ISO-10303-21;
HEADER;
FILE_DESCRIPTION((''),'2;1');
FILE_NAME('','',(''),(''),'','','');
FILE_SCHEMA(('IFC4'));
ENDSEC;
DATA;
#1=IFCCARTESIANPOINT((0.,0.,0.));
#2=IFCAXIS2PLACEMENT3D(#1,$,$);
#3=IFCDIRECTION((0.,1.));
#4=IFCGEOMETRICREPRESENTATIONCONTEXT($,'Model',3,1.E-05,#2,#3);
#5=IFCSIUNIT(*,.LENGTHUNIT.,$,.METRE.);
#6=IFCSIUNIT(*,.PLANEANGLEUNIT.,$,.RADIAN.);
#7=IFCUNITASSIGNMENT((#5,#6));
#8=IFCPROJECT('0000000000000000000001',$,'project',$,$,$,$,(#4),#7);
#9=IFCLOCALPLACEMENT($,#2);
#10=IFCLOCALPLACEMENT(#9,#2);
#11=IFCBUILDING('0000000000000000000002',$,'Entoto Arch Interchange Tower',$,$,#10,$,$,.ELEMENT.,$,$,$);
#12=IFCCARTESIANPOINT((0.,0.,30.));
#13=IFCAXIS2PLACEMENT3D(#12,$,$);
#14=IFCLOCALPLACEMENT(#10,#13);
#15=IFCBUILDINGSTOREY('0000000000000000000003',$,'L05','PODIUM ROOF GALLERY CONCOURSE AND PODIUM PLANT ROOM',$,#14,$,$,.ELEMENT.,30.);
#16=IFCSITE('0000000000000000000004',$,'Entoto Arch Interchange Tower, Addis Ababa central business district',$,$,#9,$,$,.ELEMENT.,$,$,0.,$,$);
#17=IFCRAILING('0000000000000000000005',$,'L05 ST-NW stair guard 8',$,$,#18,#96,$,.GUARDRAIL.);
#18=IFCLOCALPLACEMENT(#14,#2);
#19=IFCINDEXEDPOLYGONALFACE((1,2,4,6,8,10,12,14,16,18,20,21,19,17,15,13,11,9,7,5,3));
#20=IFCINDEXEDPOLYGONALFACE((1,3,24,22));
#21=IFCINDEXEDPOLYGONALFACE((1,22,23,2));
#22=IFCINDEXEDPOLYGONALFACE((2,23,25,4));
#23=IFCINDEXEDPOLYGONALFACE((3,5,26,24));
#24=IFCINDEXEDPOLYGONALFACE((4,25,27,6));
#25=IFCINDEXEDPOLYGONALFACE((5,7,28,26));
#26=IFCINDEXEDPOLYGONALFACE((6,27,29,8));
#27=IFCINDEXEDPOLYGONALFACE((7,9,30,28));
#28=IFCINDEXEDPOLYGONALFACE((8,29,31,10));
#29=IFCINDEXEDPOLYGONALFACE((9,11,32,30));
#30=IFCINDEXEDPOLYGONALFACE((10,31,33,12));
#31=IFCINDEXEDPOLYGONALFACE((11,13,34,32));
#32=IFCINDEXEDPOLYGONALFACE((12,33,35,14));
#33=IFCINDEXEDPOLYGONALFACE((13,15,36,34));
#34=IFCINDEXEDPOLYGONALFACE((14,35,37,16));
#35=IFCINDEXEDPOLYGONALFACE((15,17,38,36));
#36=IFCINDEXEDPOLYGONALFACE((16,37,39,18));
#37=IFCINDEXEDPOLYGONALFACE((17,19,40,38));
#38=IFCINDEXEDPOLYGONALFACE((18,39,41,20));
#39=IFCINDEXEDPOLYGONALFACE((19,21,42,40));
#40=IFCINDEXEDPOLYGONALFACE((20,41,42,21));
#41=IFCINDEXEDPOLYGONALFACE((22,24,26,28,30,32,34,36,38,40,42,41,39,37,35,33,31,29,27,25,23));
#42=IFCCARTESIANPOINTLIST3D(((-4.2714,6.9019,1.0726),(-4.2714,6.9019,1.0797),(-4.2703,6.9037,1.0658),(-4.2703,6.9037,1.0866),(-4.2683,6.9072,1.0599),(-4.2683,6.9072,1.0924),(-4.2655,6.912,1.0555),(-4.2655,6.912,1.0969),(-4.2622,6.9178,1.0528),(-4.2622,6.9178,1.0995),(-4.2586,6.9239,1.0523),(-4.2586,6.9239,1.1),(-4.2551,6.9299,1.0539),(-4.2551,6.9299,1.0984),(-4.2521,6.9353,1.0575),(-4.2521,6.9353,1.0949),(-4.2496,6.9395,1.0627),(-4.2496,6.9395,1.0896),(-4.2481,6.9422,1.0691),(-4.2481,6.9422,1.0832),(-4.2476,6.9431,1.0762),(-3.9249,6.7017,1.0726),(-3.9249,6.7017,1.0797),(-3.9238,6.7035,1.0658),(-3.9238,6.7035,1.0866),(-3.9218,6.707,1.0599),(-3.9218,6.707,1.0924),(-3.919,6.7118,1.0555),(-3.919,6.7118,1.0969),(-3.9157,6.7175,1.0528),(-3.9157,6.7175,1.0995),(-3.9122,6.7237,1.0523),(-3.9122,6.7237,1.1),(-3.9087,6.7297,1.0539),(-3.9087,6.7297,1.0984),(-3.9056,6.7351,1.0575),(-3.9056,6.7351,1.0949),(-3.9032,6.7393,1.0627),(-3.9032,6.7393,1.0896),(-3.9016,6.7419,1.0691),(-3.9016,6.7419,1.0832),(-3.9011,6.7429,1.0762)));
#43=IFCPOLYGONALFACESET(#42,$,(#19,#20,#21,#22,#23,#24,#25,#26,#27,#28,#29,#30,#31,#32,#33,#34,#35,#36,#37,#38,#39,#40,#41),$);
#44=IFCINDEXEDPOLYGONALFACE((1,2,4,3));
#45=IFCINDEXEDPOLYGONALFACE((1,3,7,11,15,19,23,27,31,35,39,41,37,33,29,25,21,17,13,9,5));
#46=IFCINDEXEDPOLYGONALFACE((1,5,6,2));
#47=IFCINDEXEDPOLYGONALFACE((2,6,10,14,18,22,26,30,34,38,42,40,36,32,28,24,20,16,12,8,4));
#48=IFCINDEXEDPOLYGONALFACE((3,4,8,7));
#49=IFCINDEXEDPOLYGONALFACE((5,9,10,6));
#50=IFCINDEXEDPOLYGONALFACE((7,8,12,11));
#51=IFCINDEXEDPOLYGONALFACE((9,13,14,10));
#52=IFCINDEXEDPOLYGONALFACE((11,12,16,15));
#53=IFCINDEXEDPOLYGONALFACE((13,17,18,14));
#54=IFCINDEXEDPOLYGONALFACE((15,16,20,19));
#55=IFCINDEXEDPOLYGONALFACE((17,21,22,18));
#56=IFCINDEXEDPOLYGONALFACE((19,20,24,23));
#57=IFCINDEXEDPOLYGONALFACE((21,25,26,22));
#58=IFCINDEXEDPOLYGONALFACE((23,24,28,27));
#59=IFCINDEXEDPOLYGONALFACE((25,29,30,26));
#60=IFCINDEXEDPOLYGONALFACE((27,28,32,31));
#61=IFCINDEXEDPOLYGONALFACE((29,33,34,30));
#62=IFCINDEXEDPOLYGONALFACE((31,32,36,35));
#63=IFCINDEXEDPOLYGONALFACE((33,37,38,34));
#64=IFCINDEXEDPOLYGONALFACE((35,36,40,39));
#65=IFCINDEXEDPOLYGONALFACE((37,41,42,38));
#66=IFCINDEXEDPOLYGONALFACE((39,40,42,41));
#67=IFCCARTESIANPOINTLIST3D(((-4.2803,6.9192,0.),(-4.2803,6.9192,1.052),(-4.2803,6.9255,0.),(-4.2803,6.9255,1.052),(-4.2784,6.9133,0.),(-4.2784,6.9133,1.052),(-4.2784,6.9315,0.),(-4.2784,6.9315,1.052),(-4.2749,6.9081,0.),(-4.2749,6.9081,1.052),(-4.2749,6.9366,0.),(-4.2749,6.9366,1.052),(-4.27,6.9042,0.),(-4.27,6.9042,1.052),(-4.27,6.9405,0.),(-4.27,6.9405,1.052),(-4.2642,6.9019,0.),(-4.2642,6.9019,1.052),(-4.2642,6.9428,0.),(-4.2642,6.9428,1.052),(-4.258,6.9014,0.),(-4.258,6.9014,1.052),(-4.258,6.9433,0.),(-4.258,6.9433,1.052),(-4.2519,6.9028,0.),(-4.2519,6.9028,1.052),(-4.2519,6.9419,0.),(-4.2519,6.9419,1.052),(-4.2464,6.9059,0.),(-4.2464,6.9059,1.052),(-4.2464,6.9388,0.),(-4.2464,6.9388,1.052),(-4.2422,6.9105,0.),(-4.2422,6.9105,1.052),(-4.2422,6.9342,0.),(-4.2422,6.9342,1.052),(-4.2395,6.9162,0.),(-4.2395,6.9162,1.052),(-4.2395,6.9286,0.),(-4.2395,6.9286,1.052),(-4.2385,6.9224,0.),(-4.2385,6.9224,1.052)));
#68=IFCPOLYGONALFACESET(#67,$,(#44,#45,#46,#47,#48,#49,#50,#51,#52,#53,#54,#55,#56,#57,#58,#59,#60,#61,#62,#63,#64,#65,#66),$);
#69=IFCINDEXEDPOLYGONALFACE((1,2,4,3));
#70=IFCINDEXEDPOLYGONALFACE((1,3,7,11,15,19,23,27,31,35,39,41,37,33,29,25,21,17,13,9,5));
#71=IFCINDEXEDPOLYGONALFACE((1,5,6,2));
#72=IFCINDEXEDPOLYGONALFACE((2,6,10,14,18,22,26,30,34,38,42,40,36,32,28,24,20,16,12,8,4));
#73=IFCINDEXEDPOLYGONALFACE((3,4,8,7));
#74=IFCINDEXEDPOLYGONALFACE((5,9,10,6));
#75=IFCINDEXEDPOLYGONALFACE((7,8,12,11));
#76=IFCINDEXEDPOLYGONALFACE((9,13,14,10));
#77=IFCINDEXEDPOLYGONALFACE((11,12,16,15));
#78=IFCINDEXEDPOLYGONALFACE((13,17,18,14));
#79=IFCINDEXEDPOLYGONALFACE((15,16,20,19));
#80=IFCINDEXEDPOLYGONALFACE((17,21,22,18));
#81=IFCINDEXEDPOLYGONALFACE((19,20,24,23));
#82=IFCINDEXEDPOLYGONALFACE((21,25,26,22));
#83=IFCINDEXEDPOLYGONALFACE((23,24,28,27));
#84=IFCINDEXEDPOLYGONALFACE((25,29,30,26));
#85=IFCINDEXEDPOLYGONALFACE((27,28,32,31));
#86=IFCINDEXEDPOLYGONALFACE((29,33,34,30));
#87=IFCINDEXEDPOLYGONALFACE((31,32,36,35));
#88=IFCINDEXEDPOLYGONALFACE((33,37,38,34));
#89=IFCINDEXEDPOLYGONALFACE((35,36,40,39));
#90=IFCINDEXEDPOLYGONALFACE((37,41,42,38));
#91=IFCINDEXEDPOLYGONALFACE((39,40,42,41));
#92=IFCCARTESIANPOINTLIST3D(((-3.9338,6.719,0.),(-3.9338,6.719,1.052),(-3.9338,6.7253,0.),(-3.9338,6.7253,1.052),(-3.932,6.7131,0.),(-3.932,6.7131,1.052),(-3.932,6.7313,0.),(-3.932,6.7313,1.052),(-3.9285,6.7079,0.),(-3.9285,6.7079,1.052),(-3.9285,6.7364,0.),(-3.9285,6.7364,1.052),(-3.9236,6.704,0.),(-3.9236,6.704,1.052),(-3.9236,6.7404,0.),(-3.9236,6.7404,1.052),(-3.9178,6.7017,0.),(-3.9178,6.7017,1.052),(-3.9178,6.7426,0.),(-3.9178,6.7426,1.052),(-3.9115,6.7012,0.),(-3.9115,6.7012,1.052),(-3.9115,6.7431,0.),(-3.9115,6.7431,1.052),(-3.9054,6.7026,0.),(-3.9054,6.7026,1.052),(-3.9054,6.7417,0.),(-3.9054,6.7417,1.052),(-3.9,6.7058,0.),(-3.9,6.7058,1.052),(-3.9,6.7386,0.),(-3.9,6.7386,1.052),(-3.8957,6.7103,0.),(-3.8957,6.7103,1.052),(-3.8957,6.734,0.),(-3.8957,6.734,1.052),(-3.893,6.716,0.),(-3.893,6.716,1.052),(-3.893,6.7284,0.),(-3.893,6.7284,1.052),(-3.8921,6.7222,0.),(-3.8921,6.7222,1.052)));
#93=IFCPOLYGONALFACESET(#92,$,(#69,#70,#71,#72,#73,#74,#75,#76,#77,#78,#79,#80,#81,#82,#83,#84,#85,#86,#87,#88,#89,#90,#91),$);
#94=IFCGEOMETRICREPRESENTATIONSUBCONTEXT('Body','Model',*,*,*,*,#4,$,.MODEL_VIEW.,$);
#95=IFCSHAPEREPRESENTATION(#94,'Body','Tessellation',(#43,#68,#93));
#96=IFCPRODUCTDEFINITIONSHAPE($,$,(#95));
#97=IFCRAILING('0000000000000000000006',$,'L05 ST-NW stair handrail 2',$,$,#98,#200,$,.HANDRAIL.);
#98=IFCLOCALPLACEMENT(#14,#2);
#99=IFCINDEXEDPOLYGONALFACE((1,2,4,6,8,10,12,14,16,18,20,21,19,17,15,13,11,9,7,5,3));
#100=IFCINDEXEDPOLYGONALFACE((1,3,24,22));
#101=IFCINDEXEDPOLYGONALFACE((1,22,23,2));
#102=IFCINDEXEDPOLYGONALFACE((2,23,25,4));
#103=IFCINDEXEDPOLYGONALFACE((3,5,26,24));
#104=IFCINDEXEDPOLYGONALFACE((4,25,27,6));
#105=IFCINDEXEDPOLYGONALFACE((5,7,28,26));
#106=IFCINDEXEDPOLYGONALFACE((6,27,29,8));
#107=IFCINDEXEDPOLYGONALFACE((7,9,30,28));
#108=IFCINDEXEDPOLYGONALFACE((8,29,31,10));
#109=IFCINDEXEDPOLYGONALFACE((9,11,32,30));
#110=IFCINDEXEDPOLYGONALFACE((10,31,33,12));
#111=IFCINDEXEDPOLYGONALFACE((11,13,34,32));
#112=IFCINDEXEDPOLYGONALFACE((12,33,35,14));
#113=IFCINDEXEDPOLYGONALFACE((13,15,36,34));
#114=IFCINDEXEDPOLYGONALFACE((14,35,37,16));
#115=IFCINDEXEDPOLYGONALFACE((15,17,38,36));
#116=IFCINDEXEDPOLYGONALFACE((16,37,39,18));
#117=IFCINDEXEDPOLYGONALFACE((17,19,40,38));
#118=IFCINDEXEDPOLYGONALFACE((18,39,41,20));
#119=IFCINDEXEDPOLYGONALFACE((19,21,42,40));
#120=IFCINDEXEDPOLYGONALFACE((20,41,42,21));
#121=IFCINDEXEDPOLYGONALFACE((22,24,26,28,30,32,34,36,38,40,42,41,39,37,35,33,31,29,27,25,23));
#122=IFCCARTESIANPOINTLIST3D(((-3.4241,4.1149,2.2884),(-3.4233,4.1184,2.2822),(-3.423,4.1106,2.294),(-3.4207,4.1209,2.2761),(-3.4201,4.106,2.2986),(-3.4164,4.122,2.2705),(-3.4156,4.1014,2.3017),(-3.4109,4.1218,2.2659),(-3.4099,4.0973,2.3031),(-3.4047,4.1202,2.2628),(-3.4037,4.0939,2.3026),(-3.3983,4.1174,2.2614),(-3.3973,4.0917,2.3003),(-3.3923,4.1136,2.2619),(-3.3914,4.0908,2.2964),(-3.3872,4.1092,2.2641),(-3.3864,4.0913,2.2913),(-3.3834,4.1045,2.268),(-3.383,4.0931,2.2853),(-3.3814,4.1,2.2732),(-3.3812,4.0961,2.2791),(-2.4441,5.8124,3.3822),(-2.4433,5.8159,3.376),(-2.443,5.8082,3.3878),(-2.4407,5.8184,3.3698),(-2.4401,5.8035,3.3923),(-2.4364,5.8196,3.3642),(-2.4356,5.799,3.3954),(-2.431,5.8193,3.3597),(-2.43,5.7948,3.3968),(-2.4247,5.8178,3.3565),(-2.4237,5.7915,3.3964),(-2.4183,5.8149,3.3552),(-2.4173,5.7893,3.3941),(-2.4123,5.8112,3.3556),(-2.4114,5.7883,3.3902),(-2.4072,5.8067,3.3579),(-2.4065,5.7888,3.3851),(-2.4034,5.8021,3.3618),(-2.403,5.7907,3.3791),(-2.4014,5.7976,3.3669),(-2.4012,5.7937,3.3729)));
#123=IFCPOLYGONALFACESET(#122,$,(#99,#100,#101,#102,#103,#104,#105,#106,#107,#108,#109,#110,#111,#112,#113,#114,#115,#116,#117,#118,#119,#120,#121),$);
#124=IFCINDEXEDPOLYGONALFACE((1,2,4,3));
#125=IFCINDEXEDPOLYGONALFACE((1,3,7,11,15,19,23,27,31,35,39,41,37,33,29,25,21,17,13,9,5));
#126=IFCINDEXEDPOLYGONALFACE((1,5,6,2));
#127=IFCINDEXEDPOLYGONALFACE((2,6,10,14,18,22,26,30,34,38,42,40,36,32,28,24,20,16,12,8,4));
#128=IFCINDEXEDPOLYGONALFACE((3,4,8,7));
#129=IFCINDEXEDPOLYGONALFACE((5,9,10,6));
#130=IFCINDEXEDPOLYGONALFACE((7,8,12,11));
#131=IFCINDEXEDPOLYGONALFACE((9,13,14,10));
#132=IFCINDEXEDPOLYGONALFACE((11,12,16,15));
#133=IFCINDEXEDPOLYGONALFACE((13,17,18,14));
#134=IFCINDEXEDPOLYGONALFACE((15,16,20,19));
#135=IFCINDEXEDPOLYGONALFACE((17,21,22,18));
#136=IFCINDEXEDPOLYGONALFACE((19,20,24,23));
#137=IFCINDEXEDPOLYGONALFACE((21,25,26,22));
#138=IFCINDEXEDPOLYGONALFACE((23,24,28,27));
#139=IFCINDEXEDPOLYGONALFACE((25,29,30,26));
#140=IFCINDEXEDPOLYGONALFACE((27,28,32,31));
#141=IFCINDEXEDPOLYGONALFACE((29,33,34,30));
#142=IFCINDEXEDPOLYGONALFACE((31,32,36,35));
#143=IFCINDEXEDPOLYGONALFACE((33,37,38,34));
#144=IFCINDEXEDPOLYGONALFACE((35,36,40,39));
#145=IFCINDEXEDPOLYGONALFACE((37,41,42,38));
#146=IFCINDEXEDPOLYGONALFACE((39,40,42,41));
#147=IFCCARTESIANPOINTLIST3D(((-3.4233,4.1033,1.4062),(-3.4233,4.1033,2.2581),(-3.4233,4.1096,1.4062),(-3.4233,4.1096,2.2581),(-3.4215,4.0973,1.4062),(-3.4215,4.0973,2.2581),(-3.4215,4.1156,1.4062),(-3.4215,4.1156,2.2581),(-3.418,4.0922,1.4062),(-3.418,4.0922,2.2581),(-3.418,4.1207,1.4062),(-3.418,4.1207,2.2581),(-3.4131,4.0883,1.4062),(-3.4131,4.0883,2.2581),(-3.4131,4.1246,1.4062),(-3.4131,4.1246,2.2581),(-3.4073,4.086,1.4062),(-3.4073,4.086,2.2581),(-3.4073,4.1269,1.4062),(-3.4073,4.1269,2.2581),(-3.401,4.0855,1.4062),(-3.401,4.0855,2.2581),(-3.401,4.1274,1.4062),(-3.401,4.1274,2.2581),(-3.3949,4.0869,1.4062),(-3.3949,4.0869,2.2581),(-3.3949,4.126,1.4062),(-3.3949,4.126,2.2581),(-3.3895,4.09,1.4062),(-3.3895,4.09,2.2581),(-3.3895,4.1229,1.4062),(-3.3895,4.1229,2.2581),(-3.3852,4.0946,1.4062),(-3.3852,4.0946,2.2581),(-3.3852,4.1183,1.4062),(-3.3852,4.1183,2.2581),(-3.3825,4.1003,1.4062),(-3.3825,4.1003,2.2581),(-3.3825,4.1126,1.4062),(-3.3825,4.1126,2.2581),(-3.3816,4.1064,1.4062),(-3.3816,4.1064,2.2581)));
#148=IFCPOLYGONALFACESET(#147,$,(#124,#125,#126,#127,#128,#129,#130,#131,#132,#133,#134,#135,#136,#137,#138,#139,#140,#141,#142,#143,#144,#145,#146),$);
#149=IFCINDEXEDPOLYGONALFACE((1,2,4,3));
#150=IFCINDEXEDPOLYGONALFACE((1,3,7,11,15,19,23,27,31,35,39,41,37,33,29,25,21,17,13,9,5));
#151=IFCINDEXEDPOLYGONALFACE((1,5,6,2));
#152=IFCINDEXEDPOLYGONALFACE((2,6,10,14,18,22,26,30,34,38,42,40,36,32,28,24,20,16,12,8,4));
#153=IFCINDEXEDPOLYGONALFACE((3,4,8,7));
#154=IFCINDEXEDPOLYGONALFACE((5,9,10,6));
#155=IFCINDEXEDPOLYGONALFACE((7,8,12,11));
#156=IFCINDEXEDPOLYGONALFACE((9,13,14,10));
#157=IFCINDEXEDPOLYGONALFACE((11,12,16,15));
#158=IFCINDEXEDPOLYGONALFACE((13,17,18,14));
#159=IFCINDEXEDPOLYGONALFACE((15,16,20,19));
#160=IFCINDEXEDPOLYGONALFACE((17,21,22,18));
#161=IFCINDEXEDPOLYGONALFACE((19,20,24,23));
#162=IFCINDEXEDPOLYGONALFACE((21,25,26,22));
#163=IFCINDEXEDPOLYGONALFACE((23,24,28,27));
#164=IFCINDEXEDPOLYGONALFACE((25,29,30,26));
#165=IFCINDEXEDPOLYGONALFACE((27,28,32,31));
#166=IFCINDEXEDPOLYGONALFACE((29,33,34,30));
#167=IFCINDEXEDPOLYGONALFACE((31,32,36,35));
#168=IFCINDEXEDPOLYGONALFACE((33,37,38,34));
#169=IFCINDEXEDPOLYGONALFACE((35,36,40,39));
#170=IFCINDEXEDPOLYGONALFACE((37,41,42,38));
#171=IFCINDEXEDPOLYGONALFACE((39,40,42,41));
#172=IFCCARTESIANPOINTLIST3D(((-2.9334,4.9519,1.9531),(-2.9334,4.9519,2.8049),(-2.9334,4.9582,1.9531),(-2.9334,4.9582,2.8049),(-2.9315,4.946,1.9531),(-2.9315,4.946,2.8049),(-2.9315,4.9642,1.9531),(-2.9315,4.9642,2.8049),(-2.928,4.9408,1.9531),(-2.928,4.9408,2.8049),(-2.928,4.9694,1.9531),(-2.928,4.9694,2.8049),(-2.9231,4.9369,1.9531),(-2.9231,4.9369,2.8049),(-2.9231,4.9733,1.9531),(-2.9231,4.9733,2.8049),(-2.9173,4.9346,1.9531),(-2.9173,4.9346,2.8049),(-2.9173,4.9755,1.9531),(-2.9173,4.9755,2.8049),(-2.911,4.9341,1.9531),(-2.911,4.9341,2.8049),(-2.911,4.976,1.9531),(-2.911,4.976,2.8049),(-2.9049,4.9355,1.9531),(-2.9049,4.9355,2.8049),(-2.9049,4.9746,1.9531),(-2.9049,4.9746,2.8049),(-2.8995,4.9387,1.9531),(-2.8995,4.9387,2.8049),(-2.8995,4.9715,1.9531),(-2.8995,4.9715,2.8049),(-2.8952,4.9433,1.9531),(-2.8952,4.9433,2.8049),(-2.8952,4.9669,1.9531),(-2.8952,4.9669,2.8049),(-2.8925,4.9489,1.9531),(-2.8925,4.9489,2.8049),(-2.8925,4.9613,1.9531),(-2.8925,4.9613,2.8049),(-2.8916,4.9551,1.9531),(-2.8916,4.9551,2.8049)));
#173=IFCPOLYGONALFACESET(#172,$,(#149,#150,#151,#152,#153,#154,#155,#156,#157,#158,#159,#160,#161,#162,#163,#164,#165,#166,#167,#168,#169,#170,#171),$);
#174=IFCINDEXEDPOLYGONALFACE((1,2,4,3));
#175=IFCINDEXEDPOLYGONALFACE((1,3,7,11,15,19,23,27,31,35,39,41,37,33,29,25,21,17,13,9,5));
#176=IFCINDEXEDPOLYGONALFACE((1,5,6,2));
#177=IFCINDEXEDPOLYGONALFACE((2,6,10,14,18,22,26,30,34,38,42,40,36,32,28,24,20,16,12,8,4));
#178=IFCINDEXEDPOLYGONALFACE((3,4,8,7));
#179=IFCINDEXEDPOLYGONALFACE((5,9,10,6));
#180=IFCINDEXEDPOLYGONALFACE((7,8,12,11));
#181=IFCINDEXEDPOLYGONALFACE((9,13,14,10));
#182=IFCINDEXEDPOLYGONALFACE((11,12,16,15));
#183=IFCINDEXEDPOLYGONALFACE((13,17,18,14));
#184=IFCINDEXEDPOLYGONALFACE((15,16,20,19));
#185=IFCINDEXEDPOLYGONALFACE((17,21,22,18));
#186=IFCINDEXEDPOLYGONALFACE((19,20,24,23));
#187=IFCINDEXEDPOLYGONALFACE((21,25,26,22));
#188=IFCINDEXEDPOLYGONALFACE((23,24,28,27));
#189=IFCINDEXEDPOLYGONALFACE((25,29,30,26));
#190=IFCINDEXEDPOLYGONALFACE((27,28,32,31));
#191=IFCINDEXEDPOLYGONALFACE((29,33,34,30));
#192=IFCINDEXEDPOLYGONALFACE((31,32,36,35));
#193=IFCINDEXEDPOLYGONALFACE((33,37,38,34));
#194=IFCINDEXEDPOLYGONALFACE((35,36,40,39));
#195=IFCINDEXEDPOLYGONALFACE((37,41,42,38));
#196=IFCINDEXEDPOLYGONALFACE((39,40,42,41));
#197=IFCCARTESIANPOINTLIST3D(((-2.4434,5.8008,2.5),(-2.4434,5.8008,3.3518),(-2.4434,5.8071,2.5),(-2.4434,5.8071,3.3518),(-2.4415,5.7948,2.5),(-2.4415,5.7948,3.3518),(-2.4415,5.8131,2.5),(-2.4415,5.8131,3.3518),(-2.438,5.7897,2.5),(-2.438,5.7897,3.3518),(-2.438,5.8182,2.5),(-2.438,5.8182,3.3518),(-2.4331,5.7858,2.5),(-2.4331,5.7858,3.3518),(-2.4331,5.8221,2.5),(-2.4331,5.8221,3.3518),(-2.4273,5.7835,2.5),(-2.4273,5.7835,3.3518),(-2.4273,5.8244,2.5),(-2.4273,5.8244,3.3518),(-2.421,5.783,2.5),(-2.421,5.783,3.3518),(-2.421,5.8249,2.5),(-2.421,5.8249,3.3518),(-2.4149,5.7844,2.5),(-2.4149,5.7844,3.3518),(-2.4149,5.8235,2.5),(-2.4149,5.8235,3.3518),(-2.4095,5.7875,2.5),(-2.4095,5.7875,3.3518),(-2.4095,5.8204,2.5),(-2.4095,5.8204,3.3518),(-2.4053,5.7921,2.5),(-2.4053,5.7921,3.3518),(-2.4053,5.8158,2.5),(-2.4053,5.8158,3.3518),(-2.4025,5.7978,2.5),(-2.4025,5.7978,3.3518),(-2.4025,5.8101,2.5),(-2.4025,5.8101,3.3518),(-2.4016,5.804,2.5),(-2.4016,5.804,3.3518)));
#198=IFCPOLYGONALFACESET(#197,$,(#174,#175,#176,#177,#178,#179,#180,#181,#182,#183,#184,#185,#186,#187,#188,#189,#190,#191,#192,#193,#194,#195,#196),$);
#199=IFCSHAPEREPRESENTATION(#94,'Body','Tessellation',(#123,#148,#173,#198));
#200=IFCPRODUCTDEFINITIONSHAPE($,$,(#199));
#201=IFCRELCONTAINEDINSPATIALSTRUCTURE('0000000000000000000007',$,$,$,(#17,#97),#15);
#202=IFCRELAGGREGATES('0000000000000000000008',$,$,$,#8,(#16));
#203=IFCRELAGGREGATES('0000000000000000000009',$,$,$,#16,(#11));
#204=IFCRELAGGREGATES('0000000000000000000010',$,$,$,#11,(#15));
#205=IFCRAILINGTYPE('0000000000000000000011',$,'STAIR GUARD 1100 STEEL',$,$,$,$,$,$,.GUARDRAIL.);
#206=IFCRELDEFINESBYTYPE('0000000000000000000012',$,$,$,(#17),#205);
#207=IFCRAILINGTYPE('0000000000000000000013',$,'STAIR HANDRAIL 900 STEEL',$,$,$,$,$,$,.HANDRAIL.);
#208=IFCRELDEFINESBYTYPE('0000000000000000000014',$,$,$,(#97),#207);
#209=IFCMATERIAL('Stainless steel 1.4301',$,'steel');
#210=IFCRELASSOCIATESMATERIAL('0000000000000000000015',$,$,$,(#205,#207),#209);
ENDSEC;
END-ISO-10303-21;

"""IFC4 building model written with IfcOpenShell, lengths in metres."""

from ifc_helpers import new_model, si_unit, direction, frame, origin, origin_2d, place, context, subcontext, project, spatial, circle, extrude, material, type_object, element, save


model = new_model("IFC4")

# Units and contexts
model_context = context("Model", 3, precision=1e-05, world=origin(), true_north=direction((0.0, 1.0)))
body_context = subcontext(model_context, "Body", "Model", "MODEL_VIEW")
ifc_project = project(units=[si_unit("LENGTHUNIT", "METRE"), si_unit("PLANEANGLEUNIT", "RADIAN")], contexts=[model_context])

# Site, building, storey
site_placement = place(None, origin())
site = spatial("IfcSite", under=ifc_project, at=site_placement, Name="Entoto Arch Interchange Tower, Addis Ababa central business district", CompositionType="ELEMENT", RefElevation=0.0)
building_placement = place(site_placement, origin())
building = spatial("IfcBuilding", under=site, at=building_placement, Name="Entoto Arch Interchange Tower", CompositionType="ELEMENT")
storey_placement = place(building_placement, frame((0.0, 0.0, 30.0)))
storey = spatial("IfcBuildingStorey", under=building, at=storey_placement, Name="L05", Description="PODIUM ROOF GALLERY CONCOURSE AND PODIUM PLANT ROOM", CompositionType="ELEMENT", Elevation=30.0)

# Railings
ifc_material_1 = material(Name="Stainless steel 1.4301", Category="steel")
railing_type_1 = type_object("IfcRailingType", Name="STAIR GUARD 1100 STEEL", PredefinedType="GUARDRAIL", material=ifc_material_1)
railing_1_placement = place(storey_placement, frame((-4.2595, 6.9224, 0.0)))
element("IfcRailing", 1, at=railing_1_placement, inside=storey, type_object=railing_type_1, Name="L05 ST-NW stair guard 8", PredefinedType="GUARDRAIL", context=body_context, shape_type="SweptSolid", body=[
    extrude(circle(Radius=0.0239, at=origin_2d()), frame((0.0, 0.0, 1.0762), z_axis=(0.86583, -0.500339, 0.0), x_axis=(0.500339, 0.86583, 0.0)), (0.0, 0.0, 1.0), 0.4001),
    extrude(circle(Radius=0.021, at=origin_2d()), origin(), (0.0, 0.0, 1.0), 1.052),
    extrude(circle(Radius=0.021, at=origin_2d()), frame((0.3464, -0.2002, 0.0)), (0.0, 0.0, 1.0), 1.052),
])
railing_type_2 = type_object("IfcRailingType", Name="STAIR HANDRAIL 900 STEEL", PredefinedType="HANDRAIL", material=ifc_material_1)
for number, where, name in (
    (2, (-3.4026, 4.1064, 1.4062), "L05 ST-NW stair handrail 2"),
):
    element("IfcRailing", number, at=place(storey_placement, frame(where)), inside=storey, type_object=railing_type_2, Name=name, PredefinedType="HANDRAIL", context=body_context, shape_type="SweptSolid", body=[
        extrude(circle(Radius=0.0239, at=origin_2d()), frame((0.0, 0.0, 0.876), z_axis=(0.436596, 0.756267, 0.487282), x_axis=(-0.866042, 0.49997, 0.0)), (0.0, 0.0, 1.0), 2.2446),
        extrude(circle(Radius=0.021, at=origin_2d()), origin(), (0.0, 0.0, 1.0), 0.8518),
        extrude(circle(Radius=0.021, at=origin_2d()), frame((0.49, 0.8486, 0.5469)), (0.0, 0.0, 1.0), 0.8518),
        extrude(circle(Radius=0.021, at=origin_2d()), frame((0.98, 1.6975, 1.0938)), (0.0, 0.0, 1.0), 0.8518),
    ])

save(model, "model.ifc")
